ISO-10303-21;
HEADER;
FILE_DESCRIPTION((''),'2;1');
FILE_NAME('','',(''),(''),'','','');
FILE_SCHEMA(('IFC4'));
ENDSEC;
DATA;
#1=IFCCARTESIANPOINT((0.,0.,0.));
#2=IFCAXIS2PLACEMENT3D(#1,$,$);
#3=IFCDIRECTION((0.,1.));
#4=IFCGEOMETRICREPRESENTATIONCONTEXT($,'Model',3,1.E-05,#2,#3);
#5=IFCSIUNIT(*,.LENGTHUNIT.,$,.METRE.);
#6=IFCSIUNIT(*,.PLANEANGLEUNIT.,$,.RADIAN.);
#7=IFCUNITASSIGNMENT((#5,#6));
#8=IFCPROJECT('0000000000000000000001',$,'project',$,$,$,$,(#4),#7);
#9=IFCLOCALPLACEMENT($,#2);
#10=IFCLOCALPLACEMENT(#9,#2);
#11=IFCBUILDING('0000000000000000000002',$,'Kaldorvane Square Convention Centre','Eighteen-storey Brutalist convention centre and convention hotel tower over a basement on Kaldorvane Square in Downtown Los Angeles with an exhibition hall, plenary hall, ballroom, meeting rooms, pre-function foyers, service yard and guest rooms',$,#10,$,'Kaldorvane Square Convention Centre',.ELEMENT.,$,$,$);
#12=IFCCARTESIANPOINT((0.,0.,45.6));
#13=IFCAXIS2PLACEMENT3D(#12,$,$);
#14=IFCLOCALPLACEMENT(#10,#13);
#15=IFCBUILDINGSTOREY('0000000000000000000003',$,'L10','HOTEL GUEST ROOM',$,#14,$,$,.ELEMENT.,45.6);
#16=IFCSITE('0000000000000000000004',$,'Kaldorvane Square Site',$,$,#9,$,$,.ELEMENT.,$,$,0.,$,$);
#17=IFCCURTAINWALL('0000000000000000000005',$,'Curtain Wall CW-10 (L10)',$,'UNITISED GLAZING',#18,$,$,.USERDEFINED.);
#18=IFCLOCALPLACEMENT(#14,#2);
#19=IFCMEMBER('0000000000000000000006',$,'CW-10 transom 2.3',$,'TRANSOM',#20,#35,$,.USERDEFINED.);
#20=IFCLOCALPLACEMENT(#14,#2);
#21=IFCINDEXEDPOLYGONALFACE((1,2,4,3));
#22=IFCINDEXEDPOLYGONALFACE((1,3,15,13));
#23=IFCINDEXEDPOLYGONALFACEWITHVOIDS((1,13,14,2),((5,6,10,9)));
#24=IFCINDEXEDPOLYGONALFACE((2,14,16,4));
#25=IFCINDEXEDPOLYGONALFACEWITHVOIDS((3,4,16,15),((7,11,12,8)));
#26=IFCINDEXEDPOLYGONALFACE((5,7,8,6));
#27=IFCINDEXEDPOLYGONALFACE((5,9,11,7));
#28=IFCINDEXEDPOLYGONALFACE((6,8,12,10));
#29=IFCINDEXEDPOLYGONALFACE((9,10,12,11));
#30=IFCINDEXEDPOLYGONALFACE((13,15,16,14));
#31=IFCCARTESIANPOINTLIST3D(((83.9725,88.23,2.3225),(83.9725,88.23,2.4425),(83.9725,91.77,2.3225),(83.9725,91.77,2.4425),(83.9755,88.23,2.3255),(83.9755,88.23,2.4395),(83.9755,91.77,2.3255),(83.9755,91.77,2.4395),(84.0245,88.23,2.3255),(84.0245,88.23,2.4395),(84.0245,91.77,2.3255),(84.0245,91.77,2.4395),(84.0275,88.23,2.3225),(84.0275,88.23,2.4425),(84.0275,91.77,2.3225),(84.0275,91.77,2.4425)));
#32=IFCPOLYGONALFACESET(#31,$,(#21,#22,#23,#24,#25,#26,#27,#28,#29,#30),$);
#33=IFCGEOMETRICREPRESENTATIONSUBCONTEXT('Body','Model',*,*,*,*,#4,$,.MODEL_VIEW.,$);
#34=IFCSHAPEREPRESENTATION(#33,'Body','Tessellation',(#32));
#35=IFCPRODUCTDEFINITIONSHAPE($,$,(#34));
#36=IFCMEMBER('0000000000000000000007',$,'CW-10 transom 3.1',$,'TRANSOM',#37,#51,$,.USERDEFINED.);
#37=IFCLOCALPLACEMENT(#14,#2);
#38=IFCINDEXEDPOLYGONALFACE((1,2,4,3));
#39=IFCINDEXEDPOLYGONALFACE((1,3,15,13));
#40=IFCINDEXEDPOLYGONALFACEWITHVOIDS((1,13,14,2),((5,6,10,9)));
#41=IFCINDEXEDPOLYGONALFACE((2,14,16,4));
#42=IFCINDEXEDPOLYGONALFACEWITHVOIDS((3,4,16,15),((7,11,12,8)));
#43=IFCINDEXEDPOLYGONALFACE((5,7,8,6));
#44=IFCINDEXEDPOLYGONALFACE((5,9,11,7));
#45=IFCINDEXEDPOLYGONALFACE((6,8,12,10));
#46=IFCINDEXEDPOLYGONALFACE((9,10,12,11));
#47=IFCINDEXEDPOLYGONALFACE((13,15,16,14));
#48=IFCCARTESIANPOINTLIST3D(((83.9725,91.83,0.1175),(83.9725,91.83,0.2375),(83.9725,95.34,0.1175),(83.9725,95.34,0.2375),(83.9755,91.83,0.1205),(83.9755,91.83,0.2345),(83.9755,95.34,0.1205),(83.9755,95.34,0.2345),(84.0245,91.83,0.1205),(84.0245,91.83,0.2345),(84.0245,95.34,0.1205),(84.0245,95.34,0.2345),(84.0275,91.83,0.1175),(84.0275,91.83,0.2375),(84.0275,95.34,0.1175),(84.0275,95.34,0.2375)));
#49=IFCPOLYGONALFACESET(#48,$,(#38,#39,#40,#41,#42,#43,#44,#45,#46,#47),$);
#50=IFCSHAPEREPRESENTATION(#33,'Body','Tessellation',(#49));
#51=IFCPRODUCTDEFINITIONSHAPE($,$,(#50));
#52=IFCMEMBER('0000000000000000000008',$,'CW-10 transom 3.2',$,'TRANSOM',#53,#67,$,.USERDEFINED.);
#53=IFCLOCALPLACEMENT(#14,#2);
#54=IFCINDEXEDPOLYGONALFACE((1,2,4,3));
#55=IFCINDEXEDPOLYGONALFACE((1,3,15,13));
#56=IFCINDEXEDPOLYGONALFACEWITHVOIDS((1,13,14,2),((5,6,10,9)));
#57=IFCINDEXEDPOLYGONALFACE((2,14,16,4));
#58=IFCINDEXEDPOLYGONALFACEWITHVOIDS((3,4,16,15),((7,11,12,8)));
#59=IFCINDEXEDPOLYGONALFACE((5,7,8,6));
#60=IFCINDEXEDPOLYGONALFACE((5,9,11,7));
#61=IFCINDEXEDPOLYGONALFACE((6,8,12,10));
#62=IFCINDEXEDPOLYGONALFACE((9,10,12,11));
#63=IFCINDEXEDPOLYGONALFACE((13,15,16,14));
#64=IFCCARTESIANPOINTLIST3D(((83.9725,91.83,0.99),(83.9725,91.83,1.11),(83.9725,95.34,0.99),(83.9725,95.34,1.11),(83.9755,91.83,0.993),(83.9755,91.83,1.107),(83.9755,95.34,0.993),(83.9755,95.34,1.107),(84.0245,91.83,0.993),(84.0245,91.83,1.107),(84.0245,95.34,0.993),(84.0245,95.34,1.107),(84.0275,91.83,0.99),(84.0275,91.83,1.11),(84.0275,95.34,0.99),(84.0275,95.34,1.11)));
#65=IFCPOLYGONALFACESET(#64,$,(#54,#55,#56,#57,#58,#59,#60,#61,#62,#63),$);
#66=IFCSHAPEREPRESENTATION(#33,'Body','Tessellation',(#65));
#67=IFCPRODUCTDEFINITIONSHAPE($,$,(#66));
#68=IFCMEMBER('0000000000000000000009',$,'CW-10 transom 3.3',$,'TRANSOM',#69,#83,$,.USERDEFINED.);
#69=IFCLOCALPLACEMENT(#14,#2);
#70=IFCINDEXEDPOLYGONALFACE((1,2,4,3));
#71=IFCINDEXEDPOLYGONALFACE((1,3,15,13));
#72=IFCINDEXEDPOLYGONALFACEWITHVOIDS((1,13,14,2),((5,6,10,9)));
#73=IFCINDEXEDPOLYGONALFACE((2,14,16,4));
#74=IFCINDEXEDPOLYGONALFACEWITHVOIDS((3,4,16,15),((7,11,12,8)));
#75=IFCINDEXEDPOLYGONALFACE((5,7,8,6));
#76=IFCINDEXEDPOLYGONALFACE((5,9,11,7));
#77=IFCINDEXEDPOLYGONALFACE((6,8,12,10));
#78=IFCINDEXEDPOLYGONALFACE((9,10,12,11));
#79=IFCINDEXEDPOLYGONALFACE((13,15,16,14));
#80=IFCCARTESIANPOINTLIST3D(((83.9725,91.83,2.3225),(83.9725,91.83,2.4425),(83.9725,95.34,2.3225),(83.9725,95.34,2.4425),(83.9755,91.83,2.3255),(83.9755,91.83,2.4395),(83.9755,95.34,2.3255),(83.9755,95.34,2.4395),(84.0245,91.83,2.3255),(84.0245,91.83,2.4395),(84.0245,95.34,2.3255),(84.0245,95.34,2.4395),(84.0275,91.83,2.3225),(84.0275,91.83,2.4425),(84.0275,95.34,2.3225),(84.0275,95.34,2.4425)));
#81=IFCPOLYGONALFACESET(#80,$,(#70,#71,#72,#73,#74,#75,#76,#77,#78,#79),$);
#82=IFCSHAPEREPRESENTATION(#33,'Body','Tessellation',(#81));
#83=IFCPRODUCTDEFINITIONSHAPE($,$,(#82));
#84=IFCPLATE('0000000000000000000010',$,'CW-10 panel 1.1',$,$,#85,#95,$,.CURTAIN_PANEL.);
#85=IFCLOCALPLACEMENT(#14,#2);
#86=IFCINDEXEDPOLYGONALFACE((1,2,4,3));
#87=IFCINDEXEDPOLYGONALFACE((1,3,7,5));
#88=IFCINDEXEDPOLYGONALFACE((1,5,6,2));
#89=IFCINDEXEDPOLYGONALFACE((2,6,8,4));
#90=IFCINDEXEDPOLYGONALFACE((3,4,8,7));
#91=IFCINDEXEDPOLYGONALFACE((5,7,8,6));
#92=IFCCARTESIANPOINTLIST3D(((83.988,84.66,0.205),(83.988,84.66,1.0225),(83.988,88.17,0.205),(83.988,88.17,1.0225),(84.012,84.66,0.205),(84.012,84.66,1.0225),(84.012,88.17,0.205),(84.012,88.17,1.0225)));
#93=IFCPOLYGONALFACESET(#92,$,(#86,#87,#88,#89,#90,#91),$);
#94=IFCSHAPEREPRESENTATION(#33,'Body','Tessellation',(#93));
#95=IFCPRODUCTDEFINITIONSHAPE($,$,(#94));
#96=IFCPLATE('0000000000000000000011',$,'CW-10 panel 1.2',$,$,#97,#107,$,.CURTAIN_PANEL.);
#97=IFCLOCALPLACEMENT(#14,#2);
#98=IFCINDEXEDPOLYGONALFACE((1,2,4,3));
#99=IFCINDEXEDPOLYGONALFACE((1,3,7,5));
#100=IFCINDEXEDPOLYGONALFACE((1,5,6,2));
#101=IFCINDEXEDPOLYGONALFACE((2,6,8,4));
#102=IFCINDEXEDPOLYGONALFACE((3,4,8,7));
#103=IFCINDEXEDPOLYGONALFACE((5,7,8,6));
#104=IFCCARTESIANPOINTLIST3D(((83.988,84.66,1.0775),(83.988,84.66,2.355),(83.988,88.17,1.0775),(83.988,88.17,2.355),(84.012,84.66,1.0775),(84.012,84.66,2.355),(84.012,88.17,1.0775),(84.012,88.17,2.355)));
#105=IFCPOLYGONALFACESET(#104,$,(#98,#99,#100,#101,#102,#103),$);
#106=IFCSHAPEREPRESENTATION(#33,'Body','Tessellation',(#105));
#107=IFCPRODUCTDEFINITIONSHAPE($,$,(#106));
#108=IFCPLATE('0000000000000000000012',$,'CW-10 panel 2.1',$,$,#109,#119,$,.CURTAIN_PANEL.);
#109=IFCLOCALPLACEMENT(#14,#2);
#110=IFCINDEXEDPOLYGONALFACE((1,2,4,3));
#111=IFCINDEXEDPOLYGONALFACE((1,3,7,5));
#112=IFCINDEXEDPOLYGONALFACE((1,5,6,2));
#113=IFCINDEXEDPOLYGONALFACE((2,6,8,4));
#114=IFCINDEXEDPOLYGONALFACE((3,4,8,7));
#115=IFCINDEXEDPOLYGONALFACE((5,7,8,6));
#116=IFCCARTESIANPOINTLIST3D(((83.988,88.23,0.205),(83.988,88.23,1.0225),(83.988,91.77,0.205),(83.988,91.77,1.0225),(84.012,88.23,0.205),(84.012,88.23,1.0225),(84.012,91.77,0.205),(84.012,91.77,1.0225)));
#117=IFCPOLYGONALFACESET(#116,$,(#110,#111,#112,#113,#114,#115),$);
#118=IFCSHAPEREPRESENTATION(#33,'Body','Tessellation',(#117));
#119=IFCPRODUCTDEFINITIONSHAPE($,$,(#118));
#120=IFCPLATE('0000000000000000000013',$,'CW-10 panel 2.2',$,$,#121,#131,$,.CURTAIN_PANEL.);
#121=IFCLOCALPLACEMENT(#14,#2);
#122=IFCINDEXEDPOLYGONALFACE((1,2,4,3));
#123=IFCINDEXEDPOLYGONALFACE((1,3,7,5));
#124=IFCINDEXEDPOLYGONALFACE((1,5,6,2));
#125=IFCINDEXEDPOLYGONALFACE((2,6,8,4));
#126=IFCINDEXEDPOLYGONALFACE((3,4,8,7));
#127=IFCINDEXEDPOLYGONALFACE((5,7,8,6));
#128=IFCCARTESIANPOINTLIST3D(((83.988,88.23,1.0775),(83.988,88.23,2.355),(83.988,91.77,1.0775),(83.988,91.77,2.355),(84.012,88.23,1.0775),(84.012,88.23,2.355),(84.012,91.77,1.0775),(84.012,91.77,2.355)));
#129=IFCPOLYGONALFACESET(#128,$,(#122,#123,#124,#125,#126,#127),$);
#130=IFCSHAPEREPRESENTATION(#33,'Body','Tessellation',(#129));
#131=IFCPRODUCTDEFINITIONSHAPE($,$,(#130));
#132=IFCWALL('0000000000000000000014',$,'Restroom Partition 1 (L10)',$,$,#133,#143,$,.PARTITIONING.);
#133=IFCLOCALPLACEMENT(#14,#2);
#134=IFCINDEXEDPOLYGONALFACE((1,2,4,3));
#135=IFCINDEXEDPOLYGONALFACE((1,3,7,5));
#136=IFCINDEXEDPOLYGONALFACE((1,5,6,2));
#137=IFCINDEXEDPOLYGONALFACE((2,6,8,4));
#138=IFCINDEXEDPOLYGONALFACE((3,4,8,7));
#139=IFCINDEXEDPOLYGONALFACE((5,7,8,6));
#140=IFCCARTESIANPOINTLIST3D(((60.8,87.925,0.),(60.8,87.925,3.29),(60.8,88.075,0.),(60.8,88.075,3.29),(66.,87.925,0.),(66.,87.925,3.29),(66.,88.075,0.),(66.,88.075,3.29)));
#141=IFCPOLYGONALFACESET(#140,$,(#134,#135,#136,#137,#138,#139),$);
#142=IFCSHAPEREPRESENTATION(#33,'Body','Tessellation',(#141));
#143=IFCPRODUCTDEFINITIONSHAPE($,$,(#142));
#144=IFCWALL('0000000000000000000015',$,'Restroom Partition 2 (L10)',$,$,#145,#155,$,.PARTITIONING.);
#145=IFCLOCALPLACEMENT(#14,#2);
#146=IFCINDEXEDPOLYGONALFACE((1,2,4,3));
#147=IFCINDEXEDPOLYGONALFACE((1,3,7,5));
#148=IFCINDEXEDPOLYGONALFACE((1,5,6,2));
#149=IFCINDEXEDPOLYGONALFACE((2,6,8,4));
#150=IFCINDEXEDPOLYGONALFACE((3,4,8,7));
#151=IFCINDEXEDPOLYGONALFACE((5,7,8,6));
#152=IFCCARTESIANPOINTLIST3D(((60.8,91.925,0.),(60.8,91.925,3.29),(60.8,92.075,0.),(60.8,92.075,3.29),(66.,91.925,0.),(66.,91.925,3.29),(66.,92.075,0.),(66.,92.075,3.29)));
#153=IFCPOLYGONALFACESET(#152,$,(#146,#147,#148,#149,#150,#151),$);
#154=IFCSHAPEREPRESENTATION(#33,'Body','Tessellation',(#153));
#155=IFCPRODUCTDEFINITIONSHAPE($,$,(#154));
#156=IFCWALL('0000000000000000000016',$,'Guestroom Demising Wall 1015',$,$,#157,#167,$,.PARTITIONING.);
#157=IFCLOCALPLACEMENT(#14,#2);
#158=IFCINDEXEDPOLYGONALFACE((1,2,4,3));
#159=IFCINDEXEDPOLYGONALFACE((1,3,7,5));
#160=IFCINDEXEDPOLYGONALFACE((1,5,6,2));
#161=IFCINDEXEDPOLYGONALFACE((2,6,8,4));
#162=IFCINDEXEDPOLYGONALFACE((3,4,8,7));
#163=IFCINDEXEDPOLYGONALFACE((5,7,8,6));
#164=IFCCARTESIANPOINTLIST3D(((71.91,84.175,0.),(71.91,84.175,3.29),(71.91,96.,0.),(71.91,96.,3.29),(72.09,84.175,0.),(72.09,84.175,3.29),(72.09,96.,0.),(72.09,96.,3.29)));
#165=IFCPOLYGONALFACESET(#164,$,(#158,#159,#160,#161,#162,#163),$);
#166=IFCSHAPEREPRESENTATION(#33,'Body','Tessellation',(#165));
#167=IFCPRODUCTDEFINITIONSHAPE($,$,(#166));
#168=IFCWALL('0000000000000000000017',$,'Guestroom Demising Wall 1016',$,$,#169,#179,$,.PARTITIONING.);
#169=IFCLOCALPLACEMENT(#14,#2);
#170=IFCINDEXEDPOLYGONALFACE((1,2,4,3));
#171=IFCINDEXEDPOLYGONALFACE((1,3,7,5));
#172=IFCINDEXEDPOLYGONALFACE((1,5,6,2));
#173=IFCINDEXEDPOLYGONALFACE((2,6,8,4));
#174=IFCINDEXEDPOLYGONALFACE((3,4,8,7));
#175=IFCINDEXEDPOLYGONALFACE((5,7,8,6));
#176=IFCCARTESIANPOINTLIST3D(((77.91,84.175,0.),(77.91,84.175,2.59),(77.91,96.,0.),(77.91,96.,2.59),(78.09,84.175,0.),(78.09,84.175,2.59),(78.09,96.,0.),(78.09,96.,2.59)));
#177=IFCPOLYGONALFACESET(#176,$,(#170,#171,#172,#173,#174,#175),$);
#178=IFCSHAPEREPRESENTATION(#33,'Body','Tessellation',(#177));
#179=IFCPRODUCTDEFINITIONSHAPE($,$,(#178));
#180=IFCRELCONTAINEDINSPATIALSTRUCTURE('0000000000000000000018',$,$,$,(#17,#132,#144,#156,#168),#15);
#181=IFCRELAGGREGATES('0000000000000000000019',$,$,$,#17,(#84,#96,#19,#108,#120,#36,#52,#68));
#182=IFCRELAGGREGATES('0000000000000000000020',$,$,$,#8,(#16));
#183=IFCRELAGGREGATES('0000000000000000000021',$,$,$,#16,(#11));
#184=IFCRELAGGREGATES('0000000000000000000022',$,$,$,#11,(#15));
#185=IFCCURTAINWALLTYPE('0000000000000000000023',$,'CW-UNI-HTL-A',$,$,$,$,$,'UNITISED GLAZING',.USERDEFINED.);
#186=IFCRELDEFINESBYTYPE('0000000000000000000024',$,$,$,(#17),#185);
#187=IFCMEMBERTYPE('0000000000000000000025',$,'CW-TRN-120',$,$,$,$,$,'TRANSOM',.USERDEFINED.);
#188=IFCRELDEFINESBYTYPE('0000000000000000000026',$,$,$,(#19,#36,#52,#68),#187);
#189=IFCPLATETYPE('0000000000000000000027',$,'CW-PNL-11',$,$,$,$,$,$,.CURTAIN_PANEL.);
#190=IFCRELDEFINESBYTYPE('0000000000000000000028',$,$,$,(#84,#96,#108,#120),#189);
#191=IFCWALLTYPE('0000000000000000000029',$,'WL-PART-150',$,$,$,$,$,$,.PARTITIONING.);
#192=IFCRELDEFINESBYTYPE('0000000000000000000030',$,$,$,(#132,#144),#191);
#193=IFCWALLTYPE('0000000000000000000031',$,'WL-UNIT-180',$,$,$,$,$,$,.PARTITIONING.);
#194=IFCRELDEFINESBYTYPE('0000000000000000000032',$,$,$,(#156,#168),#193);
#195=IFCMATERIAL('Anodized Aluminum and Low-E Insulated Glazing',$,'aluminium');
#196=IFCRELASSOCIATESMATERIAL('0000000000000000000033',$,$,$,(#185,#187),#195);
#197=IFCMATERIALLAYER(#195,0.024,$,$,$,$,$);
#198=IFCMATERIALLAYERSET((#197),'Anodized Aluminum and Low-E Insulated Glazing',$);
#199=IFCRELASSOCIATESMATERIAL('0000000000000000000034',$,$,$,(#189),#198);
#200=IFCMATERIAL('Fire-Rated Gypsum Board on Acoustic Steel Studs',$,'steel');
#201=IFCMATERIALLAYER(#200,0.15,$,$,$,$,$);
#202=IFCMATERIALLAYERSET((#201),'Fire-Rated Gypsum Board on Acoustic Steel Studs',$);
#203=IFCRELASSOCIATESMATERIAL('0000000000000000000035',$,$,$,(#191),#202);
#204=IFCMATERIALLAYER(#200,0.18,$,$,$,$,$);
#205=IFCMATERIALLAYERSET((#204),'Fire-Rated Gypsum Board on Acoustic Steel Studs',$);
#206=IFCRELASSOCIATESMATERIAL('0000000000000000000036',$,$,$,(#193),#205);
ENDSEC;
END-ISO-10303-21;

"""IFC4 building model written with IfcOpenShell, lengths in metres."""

from ifc_helpers import new_model, si_unit, direction, frame, frame_2d, origin, origin_2d, place, context, subcontext, project, spatial, rectangle, hollow_rectangle, extrude, material, layer, layer_set, material_profile, profile_set, type_object, element, aggregate, save


model = new_model("IFC4")

# Units and contexts
model_context = context("Model", 3, precision=1e-05, world=origin(), true_north=direction((0.0, 1.0)))
body_context = subcontext(model_context, "Body", "Model", "MODEL_VIEW")
ifc_project = project(units=[si_unit("LENGTHUNIT", "METRE"), si_unit("PLANEANGLEUNIT", "RADIAN")], contexts=[model_context])

# Site, building, storey
site_placement = place(None, origin())
site = spatial("IfcSite", under=ifc_project, at=site_placement, Name="Kaldorvane Square Site", CompositionType="ELEMENT", RefElevation=0.0)
building_placement = place(site_placement, origin())
building = spatial("IfcBuilding", under=site, at=building_placement, Name="Kaldorvane Square Convention Centre", Description="Eighteen-storey Brutalist convention centre and convention hotel tower over a basement on Kaldorvane Square in Downtown Los Angeles with an exhibition hall, plenary hall, ballroom, meeting rooms, pre-function foyers, service yard and guest rooms", LongName="Kaldorvane Square Convention Centre", CompositionType="ELEMENT")
storey_placement = place(building_placement, frame((0.0, 0.0, 45.6)))
storey = spatial("IfcBuildingStorey", under=building, at=storey_placement, Name="L10", Description="HOTEL GUEST ROOM", CompositionType="ELEMENT", Elevation=45.6)

# Curtain wall, members, plates
ifc_material_1 = material(Name="Anodized Aluminum and Low-E Insulated Glazing", Category="aluminium")
curtain_wall_type = type_object("IfcCurtainWallType", Name="CW-UNI-HTL-A", ElementType="UNITISED GLAZING", PredefinedType="USERDEFINED", material=ifc_material_1)
curtain_wall_placement = place(storey_placement, origin())
curtain_wall = element("IfcCurtainWall", 1, at=curtain_wall_placement, inside=storey, type_object=curtain_wall_type, Name="Curtain Wall CW-10 (L10)", ObjectType="UNITISED GLAZING", PredefinedType="USERDEFINED")
ifc_material_profile_1 = material_profile(ifc_material_1, hollow_rectangle(XDim=0.055, YDim=0.12, WallThickness=0.003, at=origin_2d()), Name="CWT-120X55")
ifc_profile_set_1 = profile_set([ifc_material_profile_1], Name="Anodized Aluminum and Low-E Insulated Glazing")
member_type_1 = type_object("IfcMemberType", Name="CW-TRN-120", ElementType="TRANSOM", PredefinedType="USERDEFINED", material=ifc_profile_set_1)
member_1_placement = place(storey_placement, frame((84.0, 88.23, 2.3825), z_axis=(0.0, 1.0, 0.0), x_axis=(-1.0, 0.0, 0.0)))
member_1 = element("IfcMember", 2, at=member_1_placement, type_object=member_type_1, Name="CW-10 transom 2.3", ObjectType="TRANSOM", PredefinedType="USERDEFINED", context=body_context, shape_type="SweptSolid", body=[
    extrude(hollow_rectangle(XDim=0.055, YDim=0.12, WallThickness=0.003, at=origin_2d()), origin(), (0.0, 0.0, 1.0), 3.54),
])
member_2_placement = place(storey_placement, frame((84.0, 91.83, 0.1775), z_axis=(0.0, 1.0, 0.0), x_axis=(-1.0, 0.0, 0.0)))
member_2 = element("IfcMember", 3, at=member_2_placement, type_object=member_type_1, Name="CW-10 transom 3.1", ObjectType="TRANSOM", PredefinedType="USERDEFINED", context=body_context, shape_type="SweptSolid", body=[
    extrude(hollow_rectangle(XDim=0.055, YDim=0.12, WallThickness=0.003, at=origin_2d()), origin(), (0.0, 0.0, 1.0), 3.51),
])
member_3_placement = place(storey_placement, frame((84.0, 91.83, 1.05), z_axis=(0.0, 1.0, 0.0), x_axis=(-1.0, 0.0, 0.0)))
member_3 = element("IfcMember", 4, at=member_3_placement, type_object=member_type_1, Name="CW-10 transom 3.2", ObjectType="TRANSOM", PredefinedType="USERDEFINED", context=body_context, shape_type="SweptSolid", body=[
    extrude(hollow_rectangle(XDim=0.055, YDim=0.12, WallThickness=0.003, at=origin_2d()), origin(), (0.0, 0.0, 1.0), 3.51),
])
member_4_placement = place(storey_placement, frame((84.0, 91.83, 2.3825), z_axis=(0.0, 1.0, 0.0), x_axis=(-1.0, 0.0, 0.0)))
member_4 = element("IfcMember", 5, at=member_4_placement, type_object=member_type_1, Name="CW-10 transom 3.3", ObjectType="TRANSOM", PredefinedType="USERDEFINED", context=body_context, shape_type="SweptSolid", body=[
    extrude(hollow_rectangle(XDim=0.055, YDim=0.12, WallThickness=0.003, at=origin_2d()), origin(), (0.0, 0.0, 1.0), 3.51),
])
ifc_layer_1 = layer(ifc_material_1, 0.024)
ifc_layer_set_1 = layer_set([ifc_layer_1], Name="Anodized Aluminum and Low-E Insulated Glazing")
plate_type = type_object("IfcPlateType", Name="CW-PNL-11", PredefinedType="CURTAIN_PANEL", material=ifc_layer_set_1)
plate_1_placement = place(storey_placement, frame((84.0, 86.415, 0.205), z_axis=(0.0, 0.0, 1.0), x_axis=(0.0, 1.0, 0.0)))
plate_1 = element("IfcPlate", 6, at=plate_1_placement, type_object=plate_type, Name="CW-10 panel 1.1", PredefinedType="CURTAIN_PANEL", context=body_context, shape_type="SweptSolid", body=[
    extrude(rectangle(XDim=3.51, YDim=0.024, at=origin_2d()), origin(), (0.0, 0.0, 1.0), 0.8175),
])
plate_2_placement = place(storey_placement, frame((84.0, 86.415, 1.0775), z_axis=(0.0, 0.0, 1.0), x_axis=(0.0, 1.0, 0.0)))
plate_2 = element("IfcPlate", 7, at=plate_2_placement, type_object=plate_type, Name="CW-10 panel 1.2", PredefinedType="CURTAIN_PANEL", context=body_context, shape_type="SweptSolid", body=[
    extrude(rectangle(XDim=3.51, YDim=0.024, at=origin_2d()), origin(), (0.0, 0.0, 1.0), 1.2775),
])
plate_3_placement = place(storey_placement, frame((84.0, 90.0, 0.205), z_axis=(0.0, 0.0, 1.0), x_axis=(0.0, 1.0, 0.0)))
plate_3 = element("IfcPlate", 8, at=plate_3_placement, type_object=plate_type, Name="CW-10 panel 2.1", PredefinedType="CURTAIN_PANEL", context=body_context, shape_type="SweptSolid", body=[
    extrude(rectangle(XDim=3.54, YDim=0.024, at=origin_2d()), origin(), (0.0, 0.0, 1.0), 0.8175),
])
plate_4_placement = place(storey_placement, frame((84.0, 90.0, 1.0775), z_axis=(0.0, 0.0, 1.0), x_axis=(0.0, 1.0, 0.0)))
plate_4 = element("IfcPlate", 9, at=plate_4_placement, type_object=plate_type, Name="CW-10 panel 2.2", PredefinedType="CURTAIN_PANEL", context=body_context, shape_type="SweptSolid", body=[
    extrude(rectangle(XDim=3.54, YDim=0.024, at=origin_2d()), origin(), (0.0, 0.0, 1.0), 1.2775),
])
aggregate(curtain_wall, [plate_1, plate_2, member_1, plate_3, plate_4, member_2, member_3, member_4])

# Walls
ifc_material_2 = material(Name="Fire-Rated Gypsum Board on Acoustic Steel Studs", Category="steel")
ifc_layer_2 = layer(ifc_material_2, 0.15)
ifc_layer_set_2 = layer_set([ifc_layer_2], Name="Fire-Rated Gypsum Board on Acoustic Steel Studs")
wall_type_1 = type_object("IfcWallType", Name="WL-PART-150", PredefinedType="PARTITIONING", material=ifc_layer_set_2)
for number, where, z_axis, x_axis, name in (
    (10, (60.8, 88.0, 0.0), (0.0, 0.0, 1.0), (1.0, 0.0, 0.0), "Restroom Partition 1 (L10)"),
    (11, (60.8, 92.0, 0.0), (0.0, 0.0, 1.0), (1.0, 0.0, 0.0), "Restroom Partition 2 (L10)"),
):
    element("IfcWall", number, at=place(storey_placement, frame(where, z_axis=z_axis, x_axis=x_axis)), inside=storey, type_object=wall_type_1, Name=name, PredefinedType="PARTITIONING", context=body_context, shape_type="SweptSolid", body=[
        extrude(rectangle(XDim=5.2, YDim=0.15, at=frame_2d((2.6, 0.0))), origin(), (0.0, 0.0, 1.0), 3.29),
    ])
ifc_layer_3 = layer(ifc_material_2, 0.18)
ifc_layer_set_3 = layer_set([ifc_layer_3], Name="Fire-Rated Gypsum Board on Acoustic Steel Studs")
wall_type_2 = type_object("IfcWallType", Name="WL-UNIT-180", PredefinedType="PARTITIONING", material=ifc_layer_set_3)
wall_1_placement = place(storey_placement, frame((72.0, 84.175, 0.0), z_axis=(0.0, 0.0, 1.0), x_axis=(0.0, 1.0, 0.0)))
element("IfcWall", 12, at=wall_1_placement, inside=storey, type_object=wall_type_2, Name="Guestroom Demising Wall 1015", PredefinedType="PARTITIONING", context=body_context, shape_type="SweptSolid", body=[
    extrude(rectangle(XDim=11.825, YDim=0.18, at=frame_2d((5.9125, 0.0))), origin(), (0.0, 0.0, 1.0), 3.29),
])
wall_2_placement = place(storey_placement, frame((78.0, 84.175, 0.0), z_axis=(0.0, 0.0, 1.0), x_axis=(0.0, 1.0, 0.0)))
element("IfcWall", 13, at=wall_2_placement, inside=storey, type_object=wall_type_2, Name="Guestroom Demising Wall 1016", PredefinedType="PARTITIONING", context=body_context, shape_type="SweptSolid", body=[
    extrude(rectangle(XDim=11.825, YDim=0.18, at=frame_2d((5.9125, 0.0))), origin(), (0.0, 0.0, 1.0), 2.59),
])

save(model, "model.ifc")
